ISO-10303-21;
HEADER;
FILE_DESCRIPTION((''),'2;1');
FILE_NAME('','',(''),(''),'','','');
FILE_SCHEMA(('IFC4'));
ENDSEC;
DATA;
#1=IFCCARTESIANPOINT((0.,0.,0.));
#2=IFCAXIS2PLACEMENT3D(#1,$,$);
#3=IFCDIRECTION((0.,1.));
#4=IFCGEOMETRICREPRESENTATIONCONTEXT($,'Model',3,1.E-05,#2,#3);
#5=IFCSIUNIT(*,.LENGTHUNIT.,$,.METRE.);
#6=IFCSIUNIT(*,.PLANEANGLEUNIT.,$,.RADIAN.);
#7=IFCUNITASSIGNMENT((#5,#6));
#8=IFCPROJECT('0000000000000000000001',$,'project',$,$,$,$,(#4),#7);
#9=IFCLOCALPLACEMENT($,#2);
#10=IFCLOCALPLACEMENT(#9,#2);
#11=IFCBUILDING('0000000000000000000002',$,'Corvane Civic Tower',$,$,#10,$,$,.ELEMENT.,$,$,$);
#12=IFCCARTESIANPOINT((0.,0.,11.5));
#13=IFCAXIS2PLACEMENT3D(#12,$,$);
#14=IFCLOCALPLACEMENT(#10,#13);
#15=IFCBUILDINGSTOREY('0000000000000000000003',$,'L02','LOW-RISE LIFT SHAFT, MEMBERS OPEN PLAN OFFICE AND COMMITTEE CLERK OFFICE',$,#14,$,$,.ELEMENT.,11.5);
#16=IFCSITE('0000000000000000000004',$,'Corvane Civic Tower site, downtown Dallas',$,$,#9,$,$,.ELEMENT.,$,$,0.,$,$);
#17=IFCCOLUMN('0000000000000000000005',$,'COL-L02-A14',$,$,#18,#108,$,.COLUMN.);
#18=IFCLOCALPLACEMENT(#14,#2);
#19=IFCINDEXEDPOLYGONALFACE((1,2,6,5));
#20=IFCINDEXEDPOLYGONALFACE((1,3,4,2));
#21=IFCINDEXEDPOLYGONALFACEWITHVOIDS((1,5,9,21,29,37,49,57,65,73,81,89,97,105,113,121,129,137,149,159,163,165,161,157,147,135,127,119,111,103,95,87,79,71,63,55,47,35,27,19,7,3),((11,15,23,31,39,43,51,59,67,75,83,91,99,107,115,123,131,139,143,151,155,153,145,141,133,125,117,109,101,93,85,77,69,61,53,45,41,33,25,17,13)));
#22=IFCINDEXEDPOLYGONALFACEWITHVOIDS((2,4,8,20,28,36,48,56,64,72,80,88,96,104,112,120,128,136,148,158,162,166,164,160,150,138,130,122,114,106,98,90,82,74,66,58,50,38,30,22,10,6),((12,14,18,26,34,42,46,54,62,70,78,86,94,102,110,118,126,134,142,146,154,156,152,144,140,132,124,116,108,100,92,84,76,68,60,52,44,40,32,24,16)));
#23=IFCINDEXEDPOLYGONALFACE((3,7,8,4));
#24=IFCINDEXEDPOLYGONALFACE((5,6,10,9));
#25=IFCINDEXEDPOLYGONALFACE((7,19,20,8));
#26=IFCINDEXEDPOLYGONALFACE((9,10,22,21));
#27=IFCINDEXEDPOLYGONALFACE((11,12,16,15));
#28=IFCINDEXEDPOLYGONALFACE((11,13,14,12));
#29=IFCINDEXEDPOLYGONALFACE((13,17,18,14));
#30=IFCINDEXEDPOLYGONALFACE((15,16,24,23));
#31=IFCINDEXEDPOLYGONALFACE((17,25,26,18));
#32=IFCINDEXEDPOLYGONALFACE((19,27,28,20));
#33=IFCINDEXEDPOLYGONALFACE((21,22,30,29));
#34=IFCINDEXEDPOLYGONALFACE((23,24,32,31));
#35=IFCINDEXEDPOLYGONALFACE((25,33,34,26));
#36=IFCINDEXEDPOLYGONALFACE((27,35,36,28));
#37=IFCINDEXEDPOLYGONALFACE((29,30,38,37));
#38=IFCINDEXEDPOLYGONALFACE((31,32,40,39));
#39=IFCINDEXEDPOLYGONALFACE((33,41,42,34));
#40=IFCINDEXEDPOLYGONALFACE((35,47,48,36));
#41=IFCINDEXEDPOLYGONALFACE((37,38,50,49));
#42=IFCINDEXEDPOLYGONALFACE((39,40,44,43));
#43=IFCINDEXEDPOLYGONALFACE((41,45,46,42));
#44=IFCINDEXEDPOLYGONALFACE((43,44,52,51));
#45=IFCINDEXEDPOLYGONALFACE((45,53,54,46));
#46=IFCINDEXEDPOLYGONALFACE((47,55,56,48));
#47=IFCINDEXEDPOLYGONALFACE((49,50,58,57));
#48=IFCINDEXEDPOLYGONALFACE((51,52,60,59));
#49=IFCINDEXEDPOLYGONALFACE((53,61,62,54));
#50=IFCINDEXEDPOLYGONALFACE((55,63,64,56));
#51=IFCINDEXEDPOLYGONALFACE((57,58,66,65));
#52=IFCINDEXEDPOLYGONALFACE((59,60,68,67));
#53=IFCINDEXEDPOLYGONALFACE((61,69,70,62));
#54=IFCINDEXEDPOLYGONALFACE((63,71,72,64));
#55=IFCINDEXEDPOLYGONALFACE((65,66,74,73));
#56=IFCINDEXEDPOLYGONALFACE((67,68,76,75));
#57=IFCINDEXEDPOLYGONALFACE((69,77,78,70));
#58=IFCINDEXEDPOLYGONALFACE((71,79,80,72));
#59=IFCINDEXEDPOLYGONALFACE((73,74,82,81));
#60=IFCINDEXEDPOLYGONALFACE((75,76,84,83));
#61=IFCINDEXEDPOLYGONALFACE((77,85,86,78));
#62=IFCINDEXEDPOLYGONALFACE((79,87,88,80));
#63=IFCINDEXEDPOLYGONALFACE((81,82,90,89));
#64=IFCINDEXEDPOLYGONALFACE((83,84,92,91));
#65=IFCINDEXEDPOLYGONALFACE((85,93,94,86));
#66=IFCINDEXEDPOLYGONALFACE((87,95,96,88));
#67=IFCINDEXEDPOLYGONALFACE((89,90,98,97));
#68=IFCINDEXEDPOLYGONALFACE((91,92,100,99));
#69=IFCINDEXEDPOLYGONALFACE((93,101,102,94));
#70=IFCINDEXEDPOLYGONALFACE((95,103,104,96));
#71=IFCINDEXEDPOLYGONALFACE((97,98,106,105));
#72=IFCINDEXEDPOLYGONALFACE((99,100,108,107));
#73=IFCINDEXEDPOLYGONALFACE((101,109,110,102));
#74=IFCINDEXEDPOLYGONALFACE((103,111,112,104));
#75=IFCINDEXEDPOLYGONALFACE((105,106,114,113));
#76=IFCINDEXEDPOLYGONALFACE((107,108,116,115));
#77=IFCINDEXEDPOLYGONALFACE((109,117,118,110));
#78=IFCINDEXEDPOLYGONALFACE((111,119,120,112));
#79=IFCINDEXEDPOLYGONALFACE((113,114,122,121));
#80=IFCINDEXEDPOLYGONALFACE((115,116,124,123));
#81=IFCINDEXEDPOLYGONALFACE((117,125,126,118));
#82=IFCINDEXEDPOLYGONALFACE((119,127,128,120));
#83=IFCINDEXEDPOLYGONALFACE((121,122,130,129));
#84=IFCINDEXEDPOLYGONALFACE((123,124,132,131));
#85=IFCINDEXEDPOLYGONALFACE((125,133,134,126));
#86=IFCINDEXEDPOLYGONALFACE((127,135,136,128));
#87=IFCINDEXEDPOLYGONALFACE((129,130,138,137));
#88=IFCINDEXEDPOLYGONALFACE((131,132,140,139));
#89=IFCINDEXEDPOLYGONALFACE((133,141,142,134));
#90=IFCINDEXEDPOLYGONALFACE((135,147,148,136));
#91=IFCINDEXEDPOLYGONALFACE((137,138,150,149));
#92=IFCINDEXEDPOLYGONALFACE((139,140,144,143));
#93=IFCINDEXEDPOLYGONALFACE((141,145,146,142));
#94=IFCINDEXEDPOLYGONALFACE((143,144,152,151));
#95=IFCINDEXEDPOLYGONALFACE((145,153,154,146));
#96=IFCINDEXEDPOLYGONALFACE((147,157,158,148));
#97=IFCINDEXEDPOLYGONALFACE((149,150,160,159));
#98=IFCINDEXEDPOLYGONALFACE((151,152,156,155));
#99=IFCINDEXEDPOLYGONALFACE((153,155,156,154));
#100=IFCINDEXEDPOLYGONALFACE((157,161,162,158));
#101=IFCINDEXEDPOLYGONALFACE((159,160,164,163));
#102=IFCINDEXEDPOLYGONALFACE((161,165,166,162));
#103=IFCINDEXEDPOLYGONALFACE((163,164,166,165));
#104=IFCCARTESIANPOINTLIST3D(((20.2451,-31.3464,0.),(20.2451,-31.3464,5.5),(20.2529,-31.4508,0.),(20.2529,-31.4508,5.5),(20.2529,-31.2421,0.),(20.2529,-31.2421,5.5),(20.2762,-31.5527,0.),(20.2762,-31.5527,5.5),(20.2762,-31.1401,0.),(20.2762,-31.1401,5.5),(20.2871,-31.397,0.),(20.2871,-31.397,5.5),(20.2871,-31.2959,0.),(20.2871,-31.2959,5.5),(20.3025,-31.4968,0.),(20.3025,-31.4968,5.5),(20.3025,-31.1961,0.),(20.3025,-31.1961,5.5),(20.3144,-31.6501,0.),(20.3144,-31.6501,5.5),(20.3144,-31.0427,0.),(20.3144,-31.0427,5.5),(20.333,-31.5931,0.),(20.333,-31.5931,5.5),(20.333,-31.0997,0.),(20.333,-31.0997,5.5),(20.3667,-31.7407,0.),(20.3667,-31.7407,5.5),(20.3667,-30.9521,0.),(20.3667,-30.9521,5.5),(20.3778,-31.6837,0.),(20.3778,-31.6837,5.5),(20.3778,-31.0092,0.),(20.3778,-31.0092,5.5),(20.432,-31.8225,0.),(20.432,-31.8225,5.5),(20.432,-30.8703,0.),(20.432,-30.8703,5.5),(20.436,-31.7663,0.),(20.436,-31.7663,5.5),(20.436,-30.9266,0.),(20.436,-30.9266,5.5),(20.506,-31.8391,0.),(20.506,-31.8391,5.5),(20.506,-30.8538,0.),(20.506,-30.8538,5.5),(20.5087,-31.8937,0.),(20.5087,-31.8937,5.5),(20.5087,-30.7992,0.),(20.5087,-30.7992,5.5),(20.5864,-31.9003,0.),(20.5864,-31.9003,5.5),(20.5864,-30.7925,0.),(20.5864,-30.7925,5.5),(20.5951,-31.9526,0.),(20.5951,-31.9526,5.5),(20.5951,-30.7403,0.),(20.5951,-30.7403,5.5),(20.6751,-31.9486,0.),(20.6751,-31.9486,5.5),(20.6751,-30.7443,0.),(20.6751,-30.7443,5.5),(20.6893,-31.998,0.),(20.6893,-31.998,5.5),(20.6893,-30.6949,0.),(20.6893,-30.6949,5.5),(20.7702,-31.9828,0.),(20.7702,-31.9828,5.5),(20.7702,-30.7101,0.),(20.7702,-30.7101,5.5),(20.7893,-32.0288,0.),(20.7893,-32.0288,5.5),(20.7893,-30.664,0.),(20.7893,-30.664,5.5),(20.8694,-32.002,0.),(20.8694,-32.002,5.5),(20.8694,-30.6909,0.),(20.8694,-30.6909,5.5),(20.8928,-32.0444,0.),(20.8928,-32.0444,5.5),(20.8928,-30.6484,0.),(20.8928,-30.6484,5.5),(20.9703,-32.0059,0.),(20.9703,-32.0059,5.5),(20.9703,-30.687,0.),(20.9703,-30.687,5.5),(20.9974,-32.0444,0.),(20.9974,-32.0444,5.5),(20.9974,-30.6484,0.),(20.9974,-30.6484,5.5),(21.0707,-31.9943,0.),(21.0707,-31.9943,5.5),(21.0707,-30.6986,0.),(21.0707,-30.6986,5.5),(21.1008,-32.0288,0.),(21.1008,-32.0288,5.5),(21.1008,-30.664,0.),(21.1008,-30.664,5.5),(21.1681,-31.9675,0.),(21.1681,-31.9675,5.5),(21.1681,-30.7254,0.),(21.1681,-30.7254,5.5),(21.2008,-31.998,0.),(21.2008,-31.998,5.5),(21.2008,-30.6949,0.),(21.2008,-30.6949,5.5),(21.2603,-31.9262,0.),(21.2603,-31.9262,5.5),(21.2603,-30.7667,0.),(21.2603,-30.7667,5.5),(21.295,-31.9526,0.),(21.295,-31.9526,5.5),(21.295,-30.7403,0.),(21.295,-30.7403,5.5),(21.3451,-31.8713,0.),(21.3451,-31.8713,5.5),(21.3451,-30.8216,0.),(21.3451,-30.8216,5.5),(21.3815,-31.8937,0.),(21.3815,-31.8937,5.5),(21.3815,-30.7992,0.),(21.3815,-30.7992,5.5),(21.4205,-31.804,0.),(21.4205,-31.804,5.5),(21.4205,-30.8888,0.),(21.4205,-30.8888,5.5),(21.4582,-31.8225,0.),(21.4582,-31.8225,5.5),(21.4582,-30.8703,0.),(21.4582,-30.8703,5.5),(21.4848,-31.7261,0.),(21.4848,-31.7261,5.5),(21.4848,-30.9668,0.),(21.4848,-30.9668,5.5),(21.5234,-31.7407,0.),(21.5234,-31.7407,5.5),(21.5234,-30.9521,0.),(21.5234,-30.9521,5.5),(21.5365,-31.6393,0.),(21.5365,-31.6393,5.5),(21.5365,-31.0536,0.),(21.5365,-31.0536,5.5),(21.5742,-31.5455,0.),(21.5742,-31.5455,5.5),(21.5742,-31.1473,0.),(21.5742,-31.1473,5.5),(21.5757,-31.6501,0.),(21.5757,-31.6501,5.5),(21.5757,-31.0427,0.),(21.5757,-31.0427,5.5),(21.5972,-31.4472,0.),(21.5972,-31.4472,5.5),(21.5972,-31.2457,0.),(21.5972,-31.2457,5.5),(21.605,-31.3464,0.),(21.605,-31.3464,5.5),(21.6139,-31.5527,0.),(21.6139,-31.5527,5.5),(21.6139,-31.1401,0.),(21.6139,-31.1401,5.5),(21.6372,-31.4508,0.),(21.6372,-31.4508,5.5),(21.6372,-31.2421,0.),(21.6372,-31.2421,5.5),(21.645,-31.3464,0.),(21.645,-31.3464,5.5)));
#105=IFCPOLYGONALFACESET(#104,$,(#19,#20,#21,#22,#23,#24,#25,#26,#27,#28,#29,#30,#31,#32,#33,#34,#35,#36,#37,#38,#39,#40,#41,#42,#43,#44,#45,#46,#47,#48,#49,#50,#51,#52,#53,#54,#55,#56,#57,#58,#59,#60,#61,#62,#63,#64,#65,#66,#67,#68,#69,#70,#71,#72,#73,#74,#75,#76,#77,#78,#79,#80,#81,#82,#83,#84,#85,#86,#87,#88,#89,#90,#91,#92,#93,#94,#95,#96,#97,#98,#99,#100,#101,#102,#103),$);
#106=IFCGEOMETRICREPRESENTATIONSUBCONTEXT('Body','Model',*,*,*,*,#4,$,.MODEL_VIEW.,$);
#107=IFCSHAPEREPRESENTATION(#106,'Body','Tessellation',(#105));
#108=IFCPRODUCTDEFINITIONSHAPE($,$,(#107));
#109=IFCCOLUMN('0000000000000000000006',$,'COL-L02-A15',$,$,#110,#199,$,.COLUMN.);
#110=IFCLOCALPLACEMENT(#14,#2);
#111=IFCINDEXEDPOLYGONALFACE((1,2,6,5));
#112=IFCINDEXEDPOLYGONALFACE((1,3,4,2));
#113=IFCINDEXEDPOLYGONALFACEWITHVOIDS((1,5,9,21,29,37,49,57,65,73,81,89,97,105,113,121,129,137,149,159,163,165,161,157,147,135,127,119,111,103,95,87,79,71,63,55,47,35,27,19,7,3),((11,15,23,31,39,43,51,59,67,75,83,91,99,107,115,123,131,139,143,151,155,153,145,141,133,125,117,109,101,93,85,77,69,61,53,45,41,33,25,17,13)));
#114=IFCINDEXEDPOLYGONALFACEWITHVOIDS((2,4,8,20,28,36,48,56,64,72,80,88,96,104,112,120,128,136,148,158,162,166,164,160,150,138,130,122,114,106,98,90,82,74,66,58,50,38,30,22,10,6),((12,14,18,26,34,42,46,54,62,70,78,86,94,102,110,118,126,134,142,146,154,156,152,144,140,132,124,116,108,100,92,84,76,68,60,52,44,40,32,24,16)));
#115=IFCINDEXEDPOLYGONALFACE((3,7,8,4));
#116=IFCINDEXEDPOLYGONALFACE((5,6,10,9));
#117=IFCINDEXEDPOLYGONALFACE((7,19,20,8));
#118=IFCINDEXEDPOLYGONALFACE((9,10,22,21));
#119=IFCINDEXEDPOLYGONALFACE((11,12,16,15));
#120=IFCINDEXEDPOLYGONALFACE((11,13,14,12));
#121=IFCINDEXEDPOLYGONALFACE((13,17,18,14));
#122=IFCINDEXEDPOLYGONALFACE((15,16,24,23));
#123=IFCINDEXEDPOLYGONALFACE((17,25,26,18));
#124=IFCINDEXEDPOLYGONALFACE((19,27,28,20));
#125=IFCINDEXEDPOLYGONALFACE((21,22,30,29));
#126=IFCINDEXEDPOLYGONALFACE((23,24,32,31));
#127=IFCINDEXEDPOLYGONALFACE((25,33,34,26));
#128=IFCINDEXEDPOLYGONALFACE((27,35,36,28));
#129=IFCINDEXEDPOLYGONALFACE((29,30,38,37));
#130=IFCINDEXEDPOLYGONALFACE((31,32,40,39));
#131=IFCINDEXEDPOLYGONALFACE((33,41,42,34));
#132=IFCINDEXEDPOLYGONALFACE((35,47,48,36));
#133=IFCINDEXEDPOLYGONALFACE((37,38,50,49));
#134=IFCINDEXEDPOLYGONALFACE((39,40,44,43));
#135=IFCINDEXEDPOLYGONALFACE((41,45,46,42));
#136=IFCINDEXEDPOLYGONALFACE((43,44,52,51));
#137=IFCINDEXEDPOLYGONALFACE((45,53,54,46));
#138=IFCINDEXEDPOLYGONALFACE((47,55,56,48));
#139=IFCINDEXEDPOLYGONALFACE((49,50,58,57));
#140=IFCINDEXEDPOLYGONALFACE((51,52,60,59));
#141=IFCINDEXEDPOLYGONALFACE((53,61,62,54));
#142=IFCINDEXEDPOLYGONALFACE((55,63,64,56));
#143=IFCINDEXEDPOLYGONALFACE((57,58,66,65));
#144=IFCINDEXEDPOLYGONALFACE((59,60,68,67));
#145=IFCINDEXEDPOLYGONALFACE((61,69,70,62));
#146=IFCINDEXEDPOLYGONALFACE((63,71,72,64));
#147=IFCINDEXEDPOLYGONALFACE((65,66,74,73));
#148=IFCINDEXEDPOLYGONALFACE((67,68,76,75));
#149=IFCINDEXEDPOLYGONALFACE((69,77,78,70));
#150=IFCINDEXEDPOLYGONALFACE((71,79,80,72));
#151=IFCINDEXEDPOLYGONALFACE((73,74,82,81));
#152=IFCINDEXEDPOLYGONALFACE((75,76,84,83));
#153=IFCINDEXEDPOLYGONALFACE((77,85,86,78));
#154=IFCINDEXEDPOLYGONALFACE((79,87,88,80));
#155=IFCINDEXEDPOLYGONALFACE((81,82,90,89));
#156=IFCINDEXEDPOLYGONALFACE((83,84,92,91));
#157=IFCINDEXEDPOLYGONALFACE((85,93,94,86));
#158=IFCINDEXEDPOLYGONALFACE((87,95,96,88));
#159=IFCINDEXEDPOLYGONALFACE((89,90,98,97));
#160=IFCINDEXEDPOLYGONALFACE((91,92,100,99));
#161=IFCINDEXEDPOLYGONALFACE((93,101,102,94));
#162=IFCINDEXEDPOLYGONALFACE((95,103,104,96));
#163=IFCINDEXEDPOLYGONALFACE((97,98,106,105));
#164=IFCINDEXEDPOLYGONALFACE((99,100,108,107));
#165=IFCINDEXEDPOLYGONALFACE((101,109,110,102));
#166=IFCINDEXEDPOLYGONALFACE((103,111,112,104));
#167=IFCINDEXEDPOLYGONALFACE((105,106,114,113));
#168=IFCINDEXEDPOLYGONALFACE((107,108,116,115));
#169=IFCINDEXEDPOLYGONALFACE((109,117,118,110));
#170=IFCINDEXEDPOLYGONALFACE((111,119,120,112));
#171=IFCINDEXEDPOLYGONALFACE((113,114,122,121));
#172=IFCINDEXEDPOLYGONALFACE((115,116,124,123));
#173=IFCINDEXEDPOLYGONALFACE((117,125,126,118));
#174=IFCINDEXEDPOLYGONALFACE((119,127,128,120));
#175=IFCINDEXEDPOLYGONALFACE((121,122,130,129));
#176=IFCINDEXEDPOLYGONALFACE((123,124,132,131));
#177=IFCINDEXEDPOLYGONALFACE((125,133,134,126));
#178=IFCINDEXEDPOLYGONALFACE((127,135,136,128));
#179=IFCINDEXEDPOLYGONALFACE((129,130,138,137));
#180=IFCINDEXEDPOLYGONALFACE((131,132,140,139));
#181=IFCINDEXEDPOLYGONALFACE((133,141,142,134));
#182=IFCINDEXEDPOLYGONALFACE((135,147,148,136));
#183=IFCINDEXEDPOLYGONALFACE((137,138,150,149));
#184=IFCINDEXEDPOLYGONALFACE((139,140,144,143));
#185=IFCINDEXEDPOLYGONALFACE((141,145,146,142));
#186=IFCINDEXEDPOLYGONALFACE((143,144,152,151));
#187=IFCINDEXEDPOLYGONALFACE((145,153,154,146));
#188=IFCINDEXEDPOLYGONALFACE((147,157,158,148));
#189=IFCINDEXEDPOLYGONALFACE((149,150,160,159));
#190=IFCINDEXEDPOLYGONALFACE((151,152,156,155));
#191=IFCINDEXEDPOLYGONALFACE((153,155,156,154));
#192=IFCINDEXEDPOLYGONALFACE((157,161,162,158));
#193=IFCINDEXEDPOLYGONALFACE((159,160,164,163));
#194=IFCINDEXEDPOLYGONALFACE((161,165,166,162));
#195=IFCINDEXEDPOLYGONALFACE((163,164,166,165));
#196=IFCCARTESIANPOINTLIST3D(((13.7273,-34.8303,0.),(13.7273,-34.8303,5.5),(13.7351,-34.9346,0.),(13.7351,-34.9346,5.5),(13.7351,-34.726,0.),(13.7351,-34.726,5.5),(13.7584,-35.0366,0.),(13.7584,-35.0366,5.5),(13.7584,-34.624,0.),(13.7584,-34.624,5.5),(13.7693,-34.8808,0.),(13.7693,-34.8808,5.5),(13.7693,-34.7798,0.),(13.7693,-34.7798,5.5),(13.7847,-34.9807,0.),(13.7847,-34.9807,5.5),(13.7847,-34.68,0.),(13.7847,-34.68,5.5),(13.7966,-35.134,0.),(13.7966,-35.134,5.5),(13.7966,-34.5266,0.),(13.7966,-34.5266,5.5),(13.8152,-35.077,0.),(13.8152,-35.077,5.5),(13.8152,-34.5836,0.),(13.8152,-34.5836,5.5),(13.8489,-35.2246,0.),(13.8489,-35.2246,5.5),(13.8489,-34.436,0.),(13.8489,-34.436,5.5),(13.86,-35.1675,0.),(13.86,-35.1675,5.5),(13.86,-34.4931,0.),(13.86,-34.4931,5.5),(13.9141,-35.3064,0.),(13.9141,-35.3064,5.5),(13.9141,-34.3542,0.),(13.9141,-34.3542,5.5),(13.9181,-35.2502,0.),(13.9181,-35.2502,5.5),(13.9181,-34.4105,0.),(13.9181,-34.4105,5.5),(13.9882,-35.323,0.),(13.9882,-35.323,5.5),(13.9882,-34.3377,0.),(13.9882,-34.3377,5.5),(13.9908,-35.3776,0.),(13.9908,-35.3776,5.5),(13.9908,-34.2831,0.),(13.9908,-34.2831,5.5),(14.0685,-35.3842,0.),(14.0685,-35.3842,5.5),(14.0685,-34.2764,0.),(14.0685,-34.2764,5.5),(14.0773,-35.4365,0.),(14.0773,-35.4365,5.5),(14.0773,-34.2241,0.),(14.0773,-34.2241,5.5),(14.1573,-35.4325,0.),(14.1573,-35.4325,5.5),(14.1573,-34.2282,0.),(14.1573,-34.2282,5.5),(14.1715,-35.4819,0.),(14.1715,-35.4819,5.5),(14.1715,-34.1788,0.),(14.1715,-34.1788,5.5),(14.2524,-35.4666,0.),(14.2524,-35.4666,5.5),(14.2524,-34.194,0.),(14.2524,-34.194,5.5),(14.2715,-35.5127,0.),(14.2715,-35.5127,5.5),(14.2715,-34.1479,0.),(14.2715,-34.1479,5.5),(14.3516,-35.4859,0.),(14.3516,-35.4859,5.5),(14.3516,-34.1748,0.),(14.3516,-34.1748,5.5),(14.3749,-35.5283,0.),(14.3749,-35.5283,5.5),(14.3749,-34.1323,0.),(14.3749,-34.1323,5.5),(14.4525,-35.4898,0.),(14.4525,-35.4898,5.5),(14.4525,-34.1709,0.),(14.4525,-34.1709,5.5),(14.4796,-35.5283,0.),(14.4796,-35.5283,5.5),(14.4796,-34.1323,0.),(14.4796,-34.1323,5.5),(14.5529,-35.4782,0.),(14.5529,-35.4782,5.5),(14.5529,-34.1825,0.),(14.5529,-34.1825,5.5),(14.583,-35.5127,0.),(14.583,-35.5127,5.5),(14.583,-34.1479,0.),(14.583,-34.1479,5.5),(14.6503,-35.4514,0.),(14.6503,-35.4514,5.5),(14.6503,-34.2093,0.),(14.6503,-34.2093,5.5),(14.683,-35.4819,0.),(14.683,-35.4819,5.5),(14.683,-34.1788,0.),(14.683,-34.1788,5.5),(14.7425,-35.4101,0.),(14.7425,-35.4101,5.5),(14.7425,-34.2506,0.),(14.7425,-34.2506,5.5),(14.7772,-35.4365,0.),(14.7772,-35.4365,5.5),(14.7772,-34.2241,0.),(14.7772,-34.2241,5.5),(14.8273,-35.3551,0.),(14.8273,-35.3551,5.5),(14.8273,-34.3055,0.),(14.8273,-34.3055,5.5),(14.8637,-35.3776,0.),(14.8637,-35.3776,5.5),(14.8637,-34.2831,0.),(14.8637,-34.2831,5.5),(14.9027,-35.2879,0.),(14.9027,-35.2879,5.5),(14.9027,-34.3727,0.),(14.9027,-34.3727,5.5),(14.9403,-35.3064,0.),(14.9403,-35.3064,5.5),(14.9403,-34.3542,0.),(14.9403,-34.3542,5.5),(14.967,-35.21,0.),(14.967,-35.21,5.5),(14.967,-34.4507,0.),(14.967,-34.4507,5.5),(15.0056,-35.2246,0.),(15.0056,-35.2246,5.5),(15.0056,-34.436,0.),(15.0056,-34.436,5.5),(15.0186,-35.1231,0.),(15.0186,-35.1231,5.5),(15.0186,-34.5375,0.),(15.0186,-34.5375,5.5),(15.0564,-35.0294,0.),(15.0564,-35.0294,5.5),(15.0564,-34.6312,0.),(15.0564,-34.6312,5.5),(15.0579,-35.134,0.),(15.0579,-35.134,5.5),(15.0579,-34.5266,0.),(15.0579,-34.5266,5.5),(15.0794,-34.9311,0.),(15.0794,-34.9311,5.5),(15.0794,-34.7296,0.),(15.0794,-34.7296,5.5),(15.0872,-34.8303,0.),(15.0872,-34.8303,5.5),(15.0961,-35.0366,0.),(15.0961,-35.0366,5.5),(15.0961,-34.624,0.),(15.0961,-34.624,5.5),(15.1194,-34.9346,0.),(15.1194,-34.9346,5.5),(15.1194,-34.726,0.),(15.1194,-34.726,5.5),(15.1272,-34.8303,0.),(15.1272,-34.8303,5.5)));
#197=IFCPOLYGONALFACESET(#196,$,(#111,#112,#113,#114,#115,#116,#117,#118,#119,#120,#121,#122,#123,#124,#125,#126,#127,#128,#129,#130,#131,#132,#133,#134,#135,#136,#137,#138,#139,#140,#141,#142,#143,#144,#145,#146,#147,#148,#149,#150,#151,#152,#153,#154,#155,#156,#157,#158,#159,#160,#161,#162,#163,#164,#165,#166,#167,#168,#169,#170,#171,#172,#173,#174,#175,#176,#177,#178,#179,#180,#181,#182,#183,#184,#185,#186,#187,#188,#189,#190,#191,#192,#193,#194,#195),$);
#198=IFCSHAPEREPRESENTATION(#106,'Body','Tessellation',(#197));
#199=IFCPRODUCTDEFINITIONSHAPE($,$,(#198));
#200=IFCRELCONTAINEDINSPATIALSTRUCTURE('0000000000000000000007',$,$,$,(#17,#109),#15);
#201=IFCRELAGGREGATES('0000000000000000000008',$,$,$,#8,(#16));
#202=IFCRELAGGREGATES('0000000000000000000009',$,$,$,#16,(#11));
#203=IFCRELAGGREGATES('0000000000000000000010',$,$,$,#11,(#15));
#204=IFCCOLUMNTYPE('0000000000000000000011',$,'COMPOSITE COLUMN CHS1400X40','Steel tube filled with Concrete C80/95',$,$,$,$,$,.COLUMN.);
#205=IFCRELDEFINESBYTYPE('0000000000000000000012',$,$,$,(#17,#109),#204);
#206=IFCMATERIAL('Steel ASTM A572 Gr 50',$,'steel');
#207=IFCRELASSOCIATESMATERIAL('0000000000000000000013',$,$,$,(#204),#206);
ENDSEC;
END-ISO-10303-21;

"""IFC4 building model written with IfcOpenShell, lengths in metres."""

from ifc_helpers import new_model, si_unit, direction, frame, origin, origin_2d, place, context, subcontext, project, spatial, hollow_circle, extrude, material, material_profile, profile_set, type_object, element, save


model = new_model("IFC4")

# Units and contexts
model_context = context("Model", 3, precision=1e-05, world=origin(), true_north=direction((0.0, 1.0)))
body_context = subcontext(model_context, "Body", "Model", "MODEL_VIEW")
ifc_project = project(units=[si_unit("LENGTHUNIT", "METRE"), si_unit("PLANEANGLEUNIT", "RADIAN")], contexts=[model_context])

# Site, building, storey
site_placement = place(None, origin())
site = spatial("IfcSite", under=ifc_project, at=site_placement, Name="Corvane Civic Tower site, downtown Dallas", CompositionType="ELEMENT", RefElevation=0.0)
building_placement = place(site_placement, origin())
building = spatial("IfcBuilding", under=site, at=building_placement, Name="Corvane Civic Tower", CompositionType="ELEMENT")
storey_placement = place(building_placement, frame((0.0, 0.0, 11.5)))
storey = spatial("IfcBuildingStorey", under=building, at=storey_placement, Name="L02", Description="LOW-RISE LIFT SHAFT, MEMBERS OPEN PLAN OFFICE AND COMMITTEE CLERK OFFICE", CompositionType="ELEMENT", Elevation=11.5)

# Columns
ifc_material_1 = material(Name="Steel ASTM A572 Gr 50", Category="steel")
ifc_material_profile_1 = material_profile(ifc_material_1, hollow_circle(Radius=0.7, WallThickness=0.04, at=origin_2d()), Name="CHS1400X40")
ifc_profile_set_1 = profile_set([ifc_material_profile_1], Name="Steel ASTM A572 Gr 50")
column_type_1 = type_object("IfcColumnType", Name="COMPOSITE COLUMN CHS1400X40", Description="Steel tube filled with Concrete C80/95", PredefinedType="COLUMN", material=ifc_profile_set_1)
for number, where, z_axis, x_axis, name in (
    (1, (20.9451, -31.3464, 0.0), (0.0, 0.0, 1.0), (1.0, 0.0, 0.0), "COL-L02-A14"),
    (2, (14.4272, -34.8303, 0.0), (0.0, 0.0, 1.0), (1.0, 0.0, 0.0), "COL-L02-A15"),
):
    element("IfcColumn", number, at=place(storey_placement, frame(where, z_axis=z_axis, x_axis=x_axis)), inside=storey, type_object=column_type_1, Name=name, PredefinedType="COLUMN", context=body_context, shape_type="SweptSolid", body=[
        extrude(hollow_circle(Radius=0.7, WallThickness=0.04, at=origin_2d()), origin(), (0.0, 0.0, 1.0), 5.5),
    ])

save(model, "model.ifc")
